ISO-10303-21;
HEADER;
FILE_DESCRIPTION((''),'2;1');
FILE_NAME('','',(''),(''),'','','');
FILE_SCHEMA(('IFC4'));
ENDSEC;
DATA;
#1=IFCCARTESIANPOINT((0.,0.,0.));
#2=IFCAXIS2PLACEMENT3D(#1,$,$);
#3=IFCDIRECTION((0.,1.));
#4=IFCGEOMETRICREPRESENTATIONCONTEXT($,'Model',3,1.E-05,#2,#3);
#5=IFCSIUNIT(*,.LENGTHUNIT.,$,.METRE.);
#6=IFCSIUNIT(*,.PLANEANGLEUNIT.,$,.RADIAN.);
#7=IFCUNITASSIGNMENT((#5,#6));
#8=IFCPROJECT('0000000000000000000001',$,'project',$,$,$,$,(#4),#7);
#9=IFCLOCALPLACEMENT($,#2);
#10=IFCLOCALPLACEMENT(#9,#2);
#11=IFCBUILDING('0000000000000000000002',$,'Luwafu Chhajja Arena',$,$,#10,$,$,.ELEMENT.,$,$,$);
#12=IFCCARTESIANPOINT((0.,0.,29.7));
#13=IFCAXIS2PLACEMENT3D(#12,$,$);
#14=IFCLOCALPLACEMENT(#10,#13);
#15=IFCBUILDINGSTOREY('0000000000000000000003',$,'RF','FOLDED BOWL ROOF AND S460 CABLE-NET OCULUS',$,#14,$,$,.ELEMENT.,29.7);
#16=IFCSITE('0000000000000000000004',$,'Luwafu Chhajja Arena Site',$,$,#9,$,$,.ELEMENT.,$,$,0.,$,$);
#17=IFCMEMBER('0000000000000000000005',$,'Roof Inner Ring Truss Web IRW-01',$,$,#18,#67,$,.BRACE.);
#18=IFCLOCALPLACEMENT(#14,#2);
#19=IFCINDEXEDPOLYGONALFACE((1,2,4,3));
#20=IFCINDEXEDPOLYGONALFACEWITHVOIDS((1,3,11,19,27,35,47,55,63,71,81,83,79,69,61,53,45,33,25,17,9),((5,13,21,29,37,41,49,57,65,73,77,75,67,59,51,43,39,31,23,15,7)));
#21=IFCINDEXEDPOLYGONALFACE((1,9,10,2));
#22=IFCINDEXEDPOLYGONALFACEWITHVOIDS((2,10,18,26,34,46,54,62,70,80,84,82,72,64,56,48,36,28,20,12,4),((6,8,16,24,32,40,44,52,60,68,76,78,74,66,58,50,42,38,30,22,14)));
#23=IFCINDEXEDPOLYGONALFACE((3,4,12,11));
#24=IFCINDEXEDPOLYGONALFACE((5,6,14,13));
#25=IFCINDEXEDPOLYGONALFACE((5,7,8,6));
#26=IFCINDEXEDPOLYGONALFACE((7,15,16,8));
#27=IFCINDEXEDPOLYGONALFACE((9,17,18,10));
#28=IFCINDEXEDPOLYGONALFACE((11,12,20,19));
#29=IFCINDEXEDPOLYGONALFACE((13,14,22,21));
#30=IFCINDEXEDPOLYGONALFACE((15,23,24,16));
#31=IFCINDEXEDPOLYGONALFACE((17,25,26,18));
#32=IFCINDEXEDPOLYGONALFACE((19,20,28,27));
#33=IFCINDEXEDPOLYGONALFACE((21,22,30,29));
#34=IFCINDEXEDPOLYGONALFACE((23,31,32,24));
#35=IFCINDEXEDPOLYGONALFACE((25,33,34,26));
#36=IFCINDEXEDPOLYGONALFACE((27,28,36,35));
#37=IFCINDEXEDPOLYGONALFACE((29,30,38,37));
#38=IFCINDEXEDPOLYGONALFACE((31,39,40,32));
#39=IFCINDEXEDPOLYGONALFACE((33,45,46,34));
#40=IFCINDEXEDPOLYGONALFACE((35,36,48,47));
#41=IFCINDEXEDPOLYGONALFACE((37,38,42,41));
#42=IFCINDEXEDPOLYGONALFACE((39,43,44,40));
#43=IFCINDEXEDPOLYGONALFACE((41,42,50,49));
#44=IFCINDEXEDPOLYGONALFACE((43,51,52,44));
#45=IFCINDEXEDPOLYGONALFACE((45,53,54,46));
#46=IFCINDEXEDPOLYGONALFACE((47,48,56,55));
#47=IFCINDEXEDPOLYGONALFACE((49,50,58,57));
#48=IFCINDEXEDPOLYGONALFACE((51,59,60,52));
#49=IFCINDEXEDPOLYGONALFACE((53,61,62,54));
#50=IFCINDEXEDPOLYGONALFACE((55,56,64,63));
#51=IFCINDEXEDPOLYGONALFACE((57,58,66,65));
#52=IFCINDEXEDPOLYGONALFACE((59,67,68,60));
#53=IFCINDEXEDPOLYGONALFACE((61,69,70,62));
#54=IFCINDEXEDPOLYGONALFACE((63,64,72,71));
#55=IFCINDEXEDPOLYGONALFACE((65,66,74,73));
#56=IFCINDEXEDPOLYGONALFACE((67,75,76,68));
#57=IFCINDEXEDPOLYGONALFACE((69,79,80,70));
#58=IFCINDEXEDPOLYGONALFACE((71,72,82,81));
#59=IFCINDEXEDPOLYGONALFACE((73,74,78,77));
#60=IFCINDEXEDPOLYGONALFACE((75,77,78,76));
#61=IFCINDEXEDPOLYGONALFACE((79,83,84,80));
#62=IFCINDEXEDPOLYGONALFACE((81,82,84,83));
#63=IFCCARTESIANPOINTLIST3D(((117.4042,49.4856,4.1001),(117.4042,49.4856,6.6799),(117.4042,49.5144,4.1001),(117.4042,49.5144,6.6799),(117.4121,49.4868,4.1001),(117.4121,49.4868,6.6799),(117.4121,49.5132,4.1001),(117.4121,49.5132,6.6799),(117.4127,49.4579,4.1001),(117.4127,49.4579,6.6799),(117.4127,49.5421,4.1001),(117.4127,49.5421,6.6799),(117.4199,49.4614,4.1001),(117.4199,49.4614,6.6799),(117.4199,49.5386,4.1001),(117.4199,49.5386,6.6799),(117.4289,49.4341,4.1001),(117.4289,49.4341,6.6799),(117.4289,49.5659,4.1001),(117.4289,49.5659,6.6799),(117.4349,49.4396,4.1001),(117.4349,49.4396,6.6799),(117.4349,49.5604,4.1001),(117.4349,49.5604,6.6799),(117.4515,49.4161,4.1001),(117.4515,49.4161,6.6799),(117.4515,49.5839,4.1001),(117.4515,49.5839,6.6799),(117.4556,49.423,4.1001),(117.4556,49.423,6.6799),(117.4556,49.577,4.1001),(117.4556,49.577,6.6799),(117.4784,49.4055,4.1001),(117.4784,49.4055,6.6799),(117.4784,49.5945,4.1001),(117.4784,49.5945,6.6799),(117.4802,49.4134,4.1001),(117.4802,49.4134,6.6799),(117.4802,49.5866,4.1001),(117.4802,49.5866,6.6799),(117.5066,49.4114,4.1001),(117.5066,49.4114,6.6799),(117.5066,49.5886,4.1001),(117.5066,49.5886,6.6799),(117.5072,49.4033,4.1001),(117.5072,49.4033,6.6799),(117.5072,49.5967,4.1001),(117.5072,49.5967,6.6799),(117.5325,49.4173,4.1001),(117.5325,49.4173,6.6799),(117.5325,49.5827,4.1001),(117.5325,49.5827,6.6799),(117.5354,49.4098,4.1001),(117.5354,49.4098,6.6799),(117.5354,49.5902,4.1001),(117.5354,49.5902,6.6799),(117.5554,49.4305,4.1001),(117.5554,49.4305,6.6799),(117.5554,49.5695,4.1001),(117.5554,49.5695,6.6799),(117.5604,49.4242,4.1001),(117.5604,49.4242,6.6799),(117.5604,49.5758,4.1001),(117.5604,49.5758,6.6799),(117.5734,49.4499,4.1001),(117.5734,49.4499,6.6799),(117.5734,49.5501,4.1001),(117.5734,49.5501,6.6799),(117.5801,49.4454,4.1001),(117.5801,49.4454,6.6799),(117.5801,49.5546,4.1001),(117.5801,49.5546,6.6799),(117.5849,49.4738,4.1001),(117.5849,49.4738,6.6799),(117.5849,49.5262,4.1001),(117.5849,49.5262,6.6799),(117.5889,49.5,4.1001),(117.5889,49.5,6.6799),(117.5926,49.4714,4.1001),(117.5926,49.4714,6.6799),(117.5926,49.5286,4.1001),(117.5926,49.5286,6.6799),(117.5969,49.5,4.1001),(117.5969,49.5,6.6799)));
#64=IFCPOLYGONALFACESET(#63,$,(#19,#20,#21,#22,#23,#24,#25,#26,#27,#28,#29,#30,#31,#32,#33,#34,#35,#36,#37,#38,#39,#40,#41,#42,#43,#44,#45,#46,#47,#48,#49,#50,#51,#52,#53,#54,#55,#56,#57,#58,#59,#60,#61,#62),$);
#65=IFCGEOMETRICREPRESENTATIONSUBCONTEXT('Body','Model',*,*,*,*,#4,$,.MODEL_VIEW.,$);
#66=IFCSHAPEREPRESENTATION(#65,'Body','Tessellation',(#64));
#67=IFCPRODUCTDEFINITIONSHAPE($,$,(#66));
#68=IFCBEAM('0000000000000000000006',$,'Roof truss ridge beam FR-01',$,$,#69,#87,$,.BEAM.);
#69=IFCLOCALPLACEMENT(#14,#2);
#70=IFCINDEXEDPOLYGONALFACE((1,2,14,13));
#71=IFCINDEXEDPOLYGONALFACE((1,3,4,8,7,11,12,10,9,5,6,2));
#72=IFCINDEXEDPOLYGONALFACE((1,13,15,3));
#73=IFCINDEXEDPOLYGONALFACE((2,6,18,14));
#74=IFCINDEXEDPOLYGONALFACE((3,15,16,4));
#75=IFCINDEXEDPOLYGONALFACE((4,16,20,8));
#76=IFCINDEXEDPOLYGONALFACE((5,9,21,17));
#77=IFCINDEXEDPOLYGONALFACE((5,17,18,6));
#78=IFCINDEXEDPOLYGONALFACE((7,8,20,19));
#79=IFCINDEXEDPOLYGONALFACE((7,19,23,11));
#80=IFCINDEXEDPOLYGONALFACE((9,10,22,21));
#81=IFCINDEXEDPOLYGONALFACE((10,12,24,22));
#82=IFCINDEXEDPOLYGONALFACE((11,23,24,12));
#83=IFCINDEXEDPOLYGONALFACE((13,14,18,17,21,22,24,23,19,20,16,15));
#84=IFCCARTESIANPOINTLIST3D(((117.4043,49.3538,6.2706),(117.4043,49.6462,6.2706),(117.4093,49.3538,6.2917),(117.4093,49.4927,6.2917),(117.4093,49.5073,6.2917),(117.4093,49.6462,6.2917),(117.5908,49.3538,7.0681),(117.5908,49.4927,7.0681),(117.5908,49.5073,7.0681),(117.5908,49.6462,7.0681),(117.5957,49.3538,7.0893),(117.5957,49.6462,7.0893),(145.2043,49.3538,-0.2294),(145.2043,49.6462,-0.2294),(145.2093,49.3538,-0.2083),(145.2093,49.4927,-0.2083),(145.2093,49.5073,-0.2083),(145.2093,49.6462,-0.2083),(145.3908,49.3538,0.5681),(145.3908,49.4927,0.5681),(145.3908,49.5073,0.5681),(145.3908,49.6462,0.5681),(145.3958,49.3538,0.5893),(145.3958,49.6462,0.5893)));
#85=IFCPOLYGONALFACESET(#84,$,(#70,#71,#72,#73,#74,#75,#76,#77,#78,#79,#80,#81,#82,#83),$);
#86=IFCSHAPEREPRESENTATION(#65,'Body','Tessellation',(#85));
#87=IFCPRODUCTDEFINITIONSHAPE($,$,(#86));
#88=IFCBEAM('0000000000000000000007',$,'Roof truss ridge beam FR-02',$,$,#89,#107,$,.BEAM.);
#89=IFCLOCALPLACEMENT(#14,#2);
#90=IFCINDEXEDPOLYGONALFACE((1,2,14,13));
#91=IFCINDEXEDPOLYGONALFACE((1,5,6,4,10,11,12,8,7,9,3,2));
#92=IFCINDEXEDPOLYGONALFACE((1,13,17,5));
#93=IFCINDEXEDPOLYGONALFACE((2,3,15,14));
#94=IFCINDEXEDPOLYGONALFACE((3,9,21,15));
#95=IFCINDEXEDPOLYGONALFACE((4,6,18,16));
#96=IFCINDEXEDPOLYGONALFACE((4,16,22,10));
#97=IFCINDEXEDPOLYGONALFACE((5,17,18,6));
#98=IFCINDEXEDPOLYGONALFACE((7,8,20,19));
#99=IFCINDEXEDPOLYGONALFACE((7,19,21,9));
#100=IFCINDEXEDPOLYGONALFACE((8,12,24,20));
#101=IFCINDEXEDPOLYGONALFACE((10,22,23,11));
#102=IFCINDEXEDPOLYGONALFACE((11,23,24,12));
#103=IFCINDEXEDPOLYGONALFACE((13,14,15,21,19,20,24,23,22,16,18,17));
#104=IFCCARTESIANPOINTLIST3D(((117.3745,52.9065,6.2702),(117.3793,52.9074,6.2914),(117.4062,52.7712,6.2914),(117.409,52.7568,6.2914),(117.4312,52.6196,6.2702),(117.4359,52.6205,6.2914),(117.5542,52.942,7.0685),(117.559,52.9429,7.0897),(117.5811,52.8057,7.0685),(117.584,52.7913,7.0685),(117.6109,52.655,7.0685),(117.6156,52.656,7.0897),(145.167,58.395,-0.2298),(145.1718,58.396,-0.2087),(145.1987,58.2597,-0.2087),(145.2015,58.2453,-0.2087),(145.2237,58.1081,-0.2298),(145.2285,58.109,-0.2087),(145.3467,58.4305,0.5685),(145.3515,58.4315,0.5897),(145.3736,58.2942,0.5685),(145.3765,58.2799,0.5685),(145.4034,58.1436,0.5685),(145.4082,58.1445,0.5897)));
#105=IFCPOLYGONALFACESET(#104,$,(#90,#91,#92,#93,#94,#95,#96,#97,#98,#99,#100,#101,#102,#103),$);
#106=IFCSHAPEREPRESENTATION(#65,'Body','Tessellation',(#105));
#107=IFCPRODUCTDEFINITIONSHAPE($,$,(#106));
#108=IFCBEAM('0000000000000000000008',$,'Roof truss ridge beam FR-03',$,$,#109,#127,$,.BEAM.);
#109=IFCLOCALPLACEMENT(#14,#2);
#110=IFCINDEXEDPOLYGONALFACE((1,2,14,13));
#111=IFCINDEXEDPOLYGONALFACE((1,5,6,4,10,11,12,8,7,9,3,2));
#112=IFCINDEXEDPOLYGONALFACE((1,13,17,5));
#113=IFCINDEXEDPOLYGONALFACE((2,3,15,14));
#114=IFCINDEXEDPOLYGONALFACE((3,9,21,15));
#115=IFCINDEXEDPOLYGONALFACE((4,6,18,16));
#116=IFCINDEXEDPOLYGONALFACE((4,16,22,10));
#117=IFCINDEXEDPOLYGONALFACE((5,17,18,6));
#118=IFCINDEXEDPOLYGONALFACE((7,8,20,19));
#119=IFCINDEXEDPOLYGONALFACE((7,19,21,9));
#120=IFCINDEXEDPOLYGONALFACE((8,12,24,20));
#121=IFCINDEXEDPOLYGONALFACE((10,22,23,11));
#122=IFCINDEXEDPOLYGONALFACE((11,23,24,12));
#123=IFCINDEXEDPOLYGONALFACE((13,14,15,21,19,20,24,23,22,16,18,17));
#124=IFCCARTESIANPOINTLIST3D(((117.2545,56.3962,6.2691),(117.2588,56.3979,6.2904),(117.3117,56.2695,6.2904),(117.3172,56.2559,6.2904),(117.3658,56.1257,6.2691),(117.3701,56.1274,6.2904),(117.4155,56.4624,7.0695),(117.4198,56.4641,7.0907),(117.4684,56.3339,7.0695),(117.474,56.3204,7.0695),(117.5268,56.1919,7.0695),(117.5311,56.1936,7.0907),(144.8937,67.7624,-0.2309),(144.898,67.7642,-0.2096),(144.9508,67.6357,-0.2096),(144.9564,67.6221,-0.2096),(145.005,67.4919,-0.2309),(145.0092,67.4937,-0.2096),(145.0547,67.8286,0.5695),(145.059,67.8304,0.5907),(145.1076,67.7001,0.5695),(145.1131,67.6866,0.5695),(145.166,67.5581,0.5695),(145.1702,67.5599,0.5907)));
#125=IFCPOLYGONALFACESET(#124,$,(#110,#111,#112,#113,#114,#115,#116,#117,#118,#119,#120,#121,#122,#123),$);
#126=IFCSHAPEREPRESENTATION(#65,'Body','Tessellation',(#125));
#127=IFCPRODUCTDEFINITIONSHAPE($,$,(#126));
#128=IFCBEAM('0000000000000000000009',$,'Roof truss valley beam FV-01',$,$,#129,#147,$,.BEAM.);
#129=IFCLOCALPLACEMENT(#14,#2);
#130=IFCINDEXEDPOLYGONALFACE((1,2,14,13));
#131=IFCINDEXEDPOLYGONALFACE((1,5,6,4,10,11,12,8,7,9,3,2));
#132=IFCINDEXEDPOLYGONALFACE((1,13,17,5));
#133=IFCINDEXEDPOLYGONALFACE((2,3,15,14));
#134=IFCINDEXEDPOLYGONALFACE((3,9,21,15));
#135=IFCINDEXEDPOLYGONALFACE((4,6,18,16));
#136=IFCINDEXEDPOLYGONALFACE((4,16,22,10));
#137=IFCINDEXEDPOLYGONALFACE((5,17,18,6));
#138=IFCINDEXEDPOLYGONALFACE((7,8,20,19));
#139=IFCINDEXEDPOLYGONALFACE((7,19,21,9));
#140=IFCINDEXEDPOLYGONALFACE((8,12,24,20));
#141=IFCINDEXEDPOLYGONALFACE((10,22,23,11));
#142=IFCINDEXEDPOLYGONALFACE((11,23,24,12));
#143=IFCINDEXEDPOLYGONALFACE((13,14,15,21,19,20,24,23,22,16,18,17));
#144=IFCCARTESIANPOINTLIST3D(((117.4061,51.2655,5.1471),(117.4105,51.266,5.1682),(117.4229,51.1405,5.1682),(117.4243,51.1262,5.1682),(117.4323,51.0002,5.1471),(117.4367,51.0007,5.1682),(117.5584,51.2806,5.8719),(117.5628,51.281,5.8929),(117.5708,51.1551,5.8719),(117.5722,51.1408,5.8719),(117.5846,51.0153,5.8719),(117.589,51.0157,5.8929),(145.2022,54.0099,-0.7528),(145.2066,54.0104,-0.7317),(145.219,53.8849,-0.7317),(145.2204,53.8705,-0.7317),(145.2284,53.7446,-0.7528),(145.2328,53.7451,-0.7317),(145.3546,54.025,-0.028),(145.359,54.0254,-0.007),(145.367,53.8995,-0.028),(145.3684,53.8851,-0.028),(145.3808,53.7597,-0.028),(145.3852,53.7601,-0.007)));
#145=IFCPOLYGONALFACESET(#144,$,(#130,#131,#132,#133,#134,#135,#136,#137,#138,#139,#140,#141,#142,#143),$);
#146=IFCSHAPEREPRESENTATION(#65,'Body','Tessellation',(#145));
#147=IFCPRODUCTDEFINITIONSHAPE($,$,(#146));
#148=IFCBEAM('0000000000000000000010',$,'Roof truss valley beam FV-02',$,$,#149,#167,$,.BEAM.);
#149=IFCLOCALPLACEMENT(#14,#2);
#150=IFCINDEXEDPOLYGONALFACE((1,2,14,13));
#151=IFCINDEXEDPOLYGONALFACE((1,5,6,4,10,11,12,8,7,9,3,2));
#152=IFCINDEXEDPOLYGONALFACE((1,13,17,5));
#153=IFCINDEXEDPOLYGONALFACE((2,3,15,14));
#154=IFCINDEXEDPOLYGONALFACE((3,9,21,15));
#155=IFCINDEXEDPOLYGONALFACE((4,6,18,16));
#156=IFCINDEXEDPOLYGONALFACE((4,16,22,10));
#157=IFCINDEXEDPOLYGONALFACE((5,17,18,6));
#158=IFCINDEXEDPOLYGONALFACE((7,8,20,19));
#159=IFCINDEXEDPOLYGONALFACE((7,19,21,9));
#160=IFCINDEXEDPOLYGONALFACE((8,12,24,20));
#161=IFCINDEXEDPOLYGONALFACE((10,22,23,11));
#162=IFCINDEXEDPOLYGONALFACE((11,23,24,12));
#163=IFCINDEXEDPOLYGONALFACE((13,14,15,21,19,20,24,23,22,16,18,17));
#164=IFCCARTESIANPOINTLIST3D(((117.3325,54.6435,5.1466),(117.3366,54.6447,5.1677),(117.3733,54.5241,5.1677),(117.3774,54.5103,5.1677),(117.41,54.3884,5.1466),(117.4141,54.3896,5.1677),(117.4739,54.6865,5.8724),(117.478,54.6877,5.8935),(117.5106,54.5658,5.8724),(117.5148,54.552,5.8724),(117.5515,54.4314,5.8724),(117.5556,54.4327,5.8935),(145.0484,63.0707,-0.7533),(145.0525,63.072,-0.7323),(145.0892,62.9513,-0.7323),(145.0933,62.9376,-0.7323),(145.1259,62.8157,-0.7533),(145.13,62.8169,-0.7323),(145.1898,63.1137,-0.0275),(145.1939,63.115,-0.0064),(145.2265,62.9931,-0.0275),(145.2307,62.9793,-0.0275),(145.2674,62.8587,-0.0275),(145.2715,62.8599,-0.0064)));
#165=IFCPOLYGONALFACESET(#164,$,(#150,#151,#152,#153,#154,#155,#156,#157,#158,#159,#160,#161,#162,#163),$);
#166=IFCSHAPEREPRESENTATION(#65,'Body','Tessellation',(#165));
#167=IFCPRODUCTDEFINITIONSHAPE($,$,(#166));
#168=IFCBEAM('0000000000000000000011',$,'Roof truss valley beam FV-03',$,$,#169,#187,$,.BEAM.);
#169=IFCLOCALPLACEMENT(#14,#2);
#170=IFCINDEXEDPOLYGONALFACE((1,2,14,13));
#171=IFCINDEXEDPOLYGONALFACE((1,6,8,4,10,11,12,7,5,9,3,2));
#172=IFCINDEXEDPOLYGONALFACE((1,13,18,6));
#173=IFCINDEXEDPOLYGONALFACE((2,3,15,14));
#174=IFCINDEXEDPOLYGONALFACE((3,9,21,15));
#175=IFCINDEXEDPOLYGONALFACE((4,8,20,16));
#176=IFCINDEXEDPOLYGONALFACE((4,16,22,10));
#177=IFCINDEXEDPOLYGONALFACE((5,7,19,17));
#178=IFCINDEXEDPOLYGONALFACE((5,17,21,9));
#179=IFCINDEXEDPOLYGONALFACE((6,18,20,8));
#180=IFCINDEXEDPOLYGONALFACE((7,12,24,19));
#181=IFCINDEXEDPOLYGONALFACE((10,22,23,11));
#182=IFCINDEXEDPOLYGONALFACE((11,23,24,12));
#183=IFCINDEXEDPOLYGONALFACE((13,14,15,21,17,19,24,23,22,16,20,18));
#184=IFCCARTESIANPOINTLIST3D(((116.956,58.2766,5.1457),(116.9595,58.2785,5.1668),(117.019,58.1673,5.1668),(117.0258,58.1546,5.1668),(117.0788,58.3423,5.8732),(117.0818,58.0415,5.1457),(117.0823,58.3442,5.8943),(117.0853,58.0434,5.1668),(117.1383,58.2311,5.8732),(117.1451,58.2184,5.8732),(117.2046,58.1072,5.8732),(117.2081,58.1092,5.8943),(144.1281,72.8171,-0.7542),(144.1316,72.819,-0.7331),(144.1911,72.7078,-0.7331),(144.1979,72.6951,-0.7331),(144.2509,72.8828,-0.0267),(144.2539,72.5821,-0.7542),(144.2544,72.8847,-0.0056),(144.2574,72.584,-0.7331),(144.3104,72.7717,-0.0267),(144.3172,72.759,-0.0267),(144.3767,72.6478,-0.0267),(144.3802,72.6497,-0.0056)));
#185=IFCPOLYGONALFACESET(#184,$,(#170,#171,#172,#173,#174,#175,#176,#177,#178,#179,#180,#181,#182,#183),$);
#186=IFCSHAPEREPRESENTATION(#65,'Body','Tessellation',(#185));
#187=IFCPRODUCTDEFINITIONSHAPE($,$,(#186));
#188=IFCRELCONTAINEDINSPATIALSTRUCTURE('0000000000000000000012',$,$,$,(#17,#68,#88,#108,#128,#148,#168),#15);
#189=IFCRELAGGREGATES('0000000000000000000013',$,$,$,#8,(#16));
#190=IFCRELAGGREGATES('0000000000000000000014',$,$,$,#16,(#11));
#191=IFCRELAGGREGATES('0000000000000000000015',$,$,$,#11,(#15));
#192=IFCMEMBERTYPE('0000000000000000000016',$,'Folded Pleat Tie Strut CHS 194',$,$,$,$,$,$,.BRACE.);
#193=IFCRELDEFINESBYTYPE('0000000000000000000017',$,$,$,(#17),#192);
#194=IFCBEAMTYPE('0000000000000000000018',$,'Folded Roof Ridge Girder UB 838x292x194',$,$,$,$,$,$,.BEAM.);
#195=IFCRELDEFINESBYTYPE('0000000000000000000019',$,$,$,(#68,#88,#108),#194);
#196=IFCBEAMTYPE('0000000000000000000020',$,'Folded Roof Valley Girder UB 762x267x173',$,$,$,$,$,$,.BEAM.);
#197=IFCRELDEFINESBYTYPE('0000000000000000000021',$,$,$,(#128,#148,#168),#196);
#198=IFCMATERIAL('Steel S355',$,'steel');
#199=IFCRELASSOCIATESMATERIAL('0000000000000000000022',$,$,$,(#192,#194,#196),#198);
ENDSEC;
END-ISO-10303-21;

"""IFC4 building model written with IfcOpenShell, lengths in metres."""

from ifc_helpers import new_model, si_unit, direction, frame, origin, origin_2d, place, context, subcontext, project, spatial, hollow_circle, i_section, extrude, material, material_profile, profile_set, type_object, element, save


model = new_model("IFC4")

# Units and contexts
model_context = context("Model", 3, precision=1e-05, world=origin(), true_north=direction((0.0, 1.0)))
body_context = subcontext(model_context, "Body", "Model", "MODEL_VIEW")
ifc_project = project(units=[si_unit("LENGTHUNIT", "METRE"), si_unit("PLANEANGLEUNIT", "RADIAN")], contexts=[model_context])

# Site, building, storey
site_placement = place(None, origin())
site = spatial("IfcSite", under=ifc_project, at=site_placement, Name="Luwafu Chhajja Arena Site", CompositionType="ELEMENT", RefElevation=0.0)
building_placement = place(site_placement, origin())
building = spatial("IfcBuilding", under=site, at=building_placement, Name="Luwafu Chhajja Arena", CompositionType="ELEMENT")
storey_placement = place(building_placement, frame((0.0, 0.0, 29.7)))
storey = spatial("IfcBuildingStorey", under=building, at=storey_placement, Name="RF", Description="FOLDED BOWL ROOF AND S460 CABLE-NET OCULUS", CompositionType="ELEMENT", Elevation=29.7)

# Member
ifc_material_1 = material(Name="Steel S355", Category="steel")
ifc_material_profile_1 = material_profile(ifc_material_1, hollow_circle(Radius=0.0969, WallThickness=0.0081, at=origin_2d()), Name="CHS 193.7x8")
ifc_profile_set_1 = profile_set([ifc_material_profile_1], Name="Steel S355")
member_type_1 = type_object("IfcMemberType", Name="Folded Pleat Tie Strut CHS 194", PredefinedType="BRACE", material=ifc_profile_set_1)
member_1_placement = place(storey_placement, frame((117.5, 49.5, 4.1001), z_axis=(0.0, 0.0, 1.0), x_axis=(1.0, 0.0, 0.0)))
element("IfcMember", 1, at=member_1_placement, inside=storey, type_object=member_type_1, Name="Roof Inner Ring Truss Web IRW-01", PredefinedType="BRACE", context=body_context, shape_type="SweptSolid", body=[
    extrude(hollow_circle(Radius=0.0969, WallThickness=0.0081, at=origin_2d()), origin(), (0.0, 0.0, 1.0), 2.5798),
])

# Beams
ifc_material_profile_2 = material_profile(ifc_material_1, i_section(OverallWidth=0.2925, OverallDepth=0.8408, WebThickness=0.0146, FlangeThickness=0.0217, at=origin_2d()), Name="UB 838x292x194")
ifc_profile_set_2 = profile_set([ifc_material_profile_2], Name="Steel S355")
beam_type_1 = type_object("IfcBeamType", Name="Folded Roof Ridge Girder UB 838x292x194", PredefinedType="BEAM", material=ifc_profile_set_2)
beam_1_placement = place(storey_placement, frame((145.3, 49.5, 0.1799), z_axis=(-0.973738, 0.0, 0.227672), x_axis=(0.0, -1.0, 0.0)))
element("IfcBeam", 2, at=beam_1_placement, inside=storey, type_object=beam_type_1, Name="Roof truss ridge beam FR-01", PredefinedType="BEAM", context=body_context, shape_type="SweptSolid", body=[
    extrude(i_section(OverallWidth=0.2925, OverallDepth=0.8408, WebThickness=0.0146, FlangeThickness=0.0217, at=origin_2d()), origin(), (0.0, 0.0, 1.0), 28.5498),
])
beam_2_placement = place(storey_placement, frame((145.2876, 58.2698, 0.1799), z_axis=(-0.956206, -0.188834, 0.223634), x_axis=(0.193741, -0.981053, 0.0)))
element("IfcBeam", 3, at=beam_2_placement, inside=storey, type_object=beam_type_1, Name="Roof truss ridge beam FR-02", PredefinedType="BEAM", context=body_context, shape_type="SweptSolid", body=[
    extrude(i_section(OverallWidth=0.2925, OverallDepth=0.8408, WebThickness=0.0146, FlangeThickness=0.0217, at=origin_2d()), origin(), (0.0, 0.0, 1.0), 29.0654),
])
beam_3_placement = place(storey_placement, frame((145.032, 67.6611, 0.1799), z_axis=(-0.903721, -0.371643, 0.212531), x_axis=(0.380331, -0.92485, 0.0)))
element("IfcBeam", 4, at=beam_3_placement, inside=storey, type_object=beam_type_1, Name="Roof truss ridge beam FR-03", PredefinedType="BEAM", context=body_context, shape_type="SweptSolid", body=[
    extrude(i_section(OverallWidth=0.2925, OverallDepth=0.8408, WebThickness=0.0146, FlangeThickness=0.0217, at=origin_2d()), origin(), (0.0, 0.0, 1.0), 30.5837),
])
ifc_material_profile_3 = material_profile(ifc_material_1, i_section(OverallWidth=0.2666, OverallDepth=0.7622, WebThickness=0.0144, FlangeThickness=0.0215, at=origin_2d()), Name="UB 762x267x173")
ifc_profile_set_3 = profile_set([ifc_material_profile_3], Name="Steel S355")
beam_type_2 = type_object("IfcBeamType", Name="Folded Roof Valley Girder UB 762x267x173", PredefinedType="BEAM", material=ifc_profile_set_3)
beam_4_placement = place(storey_placement, frame((145.2937, 53.885, -0.3799), z_axis=(-0.973677, -0.096134, 0.206669), x_axis=(0.098255, -0.995161, 0.0)))
element("IfcBeam", 5, at=beam_4_placement, inside=storey, type_object=beam_type_2, Name="Roof truss valley beam FV-01", PredefinedType="BEAM", context=body_context, shape_type="SweptSolid", body=[
    extrude(i_section(OverallWidth=0.2666, OverallDepth=0.7622, WebThickness=0.0144, FlangeThickness=0.0215, at=origin_2d()), origin(), (0.0, 0.0, 1.0), 28.5476),
])
beam_5_placement = place(storey_placement, frame((145.1599, 62.9653, -0.3799), z_axis=(-0.937505, -0.285057, 0.199568), x_axis=(0.290909, -0.956751, 0.0)))
element("IfcBeam", 6, at=beam_5_placement, inside=storey, type_object=beam_type_2, Name="Roof truss valley beam FV-02", PredefinedType="BEAM", context=body_context, shape_type="SweptSolid", body=[
    extrude(i_section(OverallWidth=0.2666, OverallDepth=0.7622, WebThickness=0.0144, FlangeThickness=0.0215, at=origin_2d()), origin(), (0.0, 0.0, 1.0), 29.5635),
])
beam_6_placement = place(storey_placement, frame((144.2542, 72.7334, -0.3799), z_axis=(-0.865969, -0.463403, 0.188029), x_axis=(0.471819, -0.881696, 0.0)))
element("IfcBeam", 7, at=beam_6_placement, inside=storey, type_object=beam_type_2, Name="Roof truss valley beam FV-03", PredefinedType="BEAM", context=body_context, shape_type="SweptSolid", body=[
    extrude(i_section(OverallWidth=0.2666, OverallDepth=0.7622, WebThickness=0.0144, FlangeThickness=0.0215, at=origin_2d()), origin(), (0.0, 0.0, 1.0), 31.3777),
])

save(model, "model.ifc")
